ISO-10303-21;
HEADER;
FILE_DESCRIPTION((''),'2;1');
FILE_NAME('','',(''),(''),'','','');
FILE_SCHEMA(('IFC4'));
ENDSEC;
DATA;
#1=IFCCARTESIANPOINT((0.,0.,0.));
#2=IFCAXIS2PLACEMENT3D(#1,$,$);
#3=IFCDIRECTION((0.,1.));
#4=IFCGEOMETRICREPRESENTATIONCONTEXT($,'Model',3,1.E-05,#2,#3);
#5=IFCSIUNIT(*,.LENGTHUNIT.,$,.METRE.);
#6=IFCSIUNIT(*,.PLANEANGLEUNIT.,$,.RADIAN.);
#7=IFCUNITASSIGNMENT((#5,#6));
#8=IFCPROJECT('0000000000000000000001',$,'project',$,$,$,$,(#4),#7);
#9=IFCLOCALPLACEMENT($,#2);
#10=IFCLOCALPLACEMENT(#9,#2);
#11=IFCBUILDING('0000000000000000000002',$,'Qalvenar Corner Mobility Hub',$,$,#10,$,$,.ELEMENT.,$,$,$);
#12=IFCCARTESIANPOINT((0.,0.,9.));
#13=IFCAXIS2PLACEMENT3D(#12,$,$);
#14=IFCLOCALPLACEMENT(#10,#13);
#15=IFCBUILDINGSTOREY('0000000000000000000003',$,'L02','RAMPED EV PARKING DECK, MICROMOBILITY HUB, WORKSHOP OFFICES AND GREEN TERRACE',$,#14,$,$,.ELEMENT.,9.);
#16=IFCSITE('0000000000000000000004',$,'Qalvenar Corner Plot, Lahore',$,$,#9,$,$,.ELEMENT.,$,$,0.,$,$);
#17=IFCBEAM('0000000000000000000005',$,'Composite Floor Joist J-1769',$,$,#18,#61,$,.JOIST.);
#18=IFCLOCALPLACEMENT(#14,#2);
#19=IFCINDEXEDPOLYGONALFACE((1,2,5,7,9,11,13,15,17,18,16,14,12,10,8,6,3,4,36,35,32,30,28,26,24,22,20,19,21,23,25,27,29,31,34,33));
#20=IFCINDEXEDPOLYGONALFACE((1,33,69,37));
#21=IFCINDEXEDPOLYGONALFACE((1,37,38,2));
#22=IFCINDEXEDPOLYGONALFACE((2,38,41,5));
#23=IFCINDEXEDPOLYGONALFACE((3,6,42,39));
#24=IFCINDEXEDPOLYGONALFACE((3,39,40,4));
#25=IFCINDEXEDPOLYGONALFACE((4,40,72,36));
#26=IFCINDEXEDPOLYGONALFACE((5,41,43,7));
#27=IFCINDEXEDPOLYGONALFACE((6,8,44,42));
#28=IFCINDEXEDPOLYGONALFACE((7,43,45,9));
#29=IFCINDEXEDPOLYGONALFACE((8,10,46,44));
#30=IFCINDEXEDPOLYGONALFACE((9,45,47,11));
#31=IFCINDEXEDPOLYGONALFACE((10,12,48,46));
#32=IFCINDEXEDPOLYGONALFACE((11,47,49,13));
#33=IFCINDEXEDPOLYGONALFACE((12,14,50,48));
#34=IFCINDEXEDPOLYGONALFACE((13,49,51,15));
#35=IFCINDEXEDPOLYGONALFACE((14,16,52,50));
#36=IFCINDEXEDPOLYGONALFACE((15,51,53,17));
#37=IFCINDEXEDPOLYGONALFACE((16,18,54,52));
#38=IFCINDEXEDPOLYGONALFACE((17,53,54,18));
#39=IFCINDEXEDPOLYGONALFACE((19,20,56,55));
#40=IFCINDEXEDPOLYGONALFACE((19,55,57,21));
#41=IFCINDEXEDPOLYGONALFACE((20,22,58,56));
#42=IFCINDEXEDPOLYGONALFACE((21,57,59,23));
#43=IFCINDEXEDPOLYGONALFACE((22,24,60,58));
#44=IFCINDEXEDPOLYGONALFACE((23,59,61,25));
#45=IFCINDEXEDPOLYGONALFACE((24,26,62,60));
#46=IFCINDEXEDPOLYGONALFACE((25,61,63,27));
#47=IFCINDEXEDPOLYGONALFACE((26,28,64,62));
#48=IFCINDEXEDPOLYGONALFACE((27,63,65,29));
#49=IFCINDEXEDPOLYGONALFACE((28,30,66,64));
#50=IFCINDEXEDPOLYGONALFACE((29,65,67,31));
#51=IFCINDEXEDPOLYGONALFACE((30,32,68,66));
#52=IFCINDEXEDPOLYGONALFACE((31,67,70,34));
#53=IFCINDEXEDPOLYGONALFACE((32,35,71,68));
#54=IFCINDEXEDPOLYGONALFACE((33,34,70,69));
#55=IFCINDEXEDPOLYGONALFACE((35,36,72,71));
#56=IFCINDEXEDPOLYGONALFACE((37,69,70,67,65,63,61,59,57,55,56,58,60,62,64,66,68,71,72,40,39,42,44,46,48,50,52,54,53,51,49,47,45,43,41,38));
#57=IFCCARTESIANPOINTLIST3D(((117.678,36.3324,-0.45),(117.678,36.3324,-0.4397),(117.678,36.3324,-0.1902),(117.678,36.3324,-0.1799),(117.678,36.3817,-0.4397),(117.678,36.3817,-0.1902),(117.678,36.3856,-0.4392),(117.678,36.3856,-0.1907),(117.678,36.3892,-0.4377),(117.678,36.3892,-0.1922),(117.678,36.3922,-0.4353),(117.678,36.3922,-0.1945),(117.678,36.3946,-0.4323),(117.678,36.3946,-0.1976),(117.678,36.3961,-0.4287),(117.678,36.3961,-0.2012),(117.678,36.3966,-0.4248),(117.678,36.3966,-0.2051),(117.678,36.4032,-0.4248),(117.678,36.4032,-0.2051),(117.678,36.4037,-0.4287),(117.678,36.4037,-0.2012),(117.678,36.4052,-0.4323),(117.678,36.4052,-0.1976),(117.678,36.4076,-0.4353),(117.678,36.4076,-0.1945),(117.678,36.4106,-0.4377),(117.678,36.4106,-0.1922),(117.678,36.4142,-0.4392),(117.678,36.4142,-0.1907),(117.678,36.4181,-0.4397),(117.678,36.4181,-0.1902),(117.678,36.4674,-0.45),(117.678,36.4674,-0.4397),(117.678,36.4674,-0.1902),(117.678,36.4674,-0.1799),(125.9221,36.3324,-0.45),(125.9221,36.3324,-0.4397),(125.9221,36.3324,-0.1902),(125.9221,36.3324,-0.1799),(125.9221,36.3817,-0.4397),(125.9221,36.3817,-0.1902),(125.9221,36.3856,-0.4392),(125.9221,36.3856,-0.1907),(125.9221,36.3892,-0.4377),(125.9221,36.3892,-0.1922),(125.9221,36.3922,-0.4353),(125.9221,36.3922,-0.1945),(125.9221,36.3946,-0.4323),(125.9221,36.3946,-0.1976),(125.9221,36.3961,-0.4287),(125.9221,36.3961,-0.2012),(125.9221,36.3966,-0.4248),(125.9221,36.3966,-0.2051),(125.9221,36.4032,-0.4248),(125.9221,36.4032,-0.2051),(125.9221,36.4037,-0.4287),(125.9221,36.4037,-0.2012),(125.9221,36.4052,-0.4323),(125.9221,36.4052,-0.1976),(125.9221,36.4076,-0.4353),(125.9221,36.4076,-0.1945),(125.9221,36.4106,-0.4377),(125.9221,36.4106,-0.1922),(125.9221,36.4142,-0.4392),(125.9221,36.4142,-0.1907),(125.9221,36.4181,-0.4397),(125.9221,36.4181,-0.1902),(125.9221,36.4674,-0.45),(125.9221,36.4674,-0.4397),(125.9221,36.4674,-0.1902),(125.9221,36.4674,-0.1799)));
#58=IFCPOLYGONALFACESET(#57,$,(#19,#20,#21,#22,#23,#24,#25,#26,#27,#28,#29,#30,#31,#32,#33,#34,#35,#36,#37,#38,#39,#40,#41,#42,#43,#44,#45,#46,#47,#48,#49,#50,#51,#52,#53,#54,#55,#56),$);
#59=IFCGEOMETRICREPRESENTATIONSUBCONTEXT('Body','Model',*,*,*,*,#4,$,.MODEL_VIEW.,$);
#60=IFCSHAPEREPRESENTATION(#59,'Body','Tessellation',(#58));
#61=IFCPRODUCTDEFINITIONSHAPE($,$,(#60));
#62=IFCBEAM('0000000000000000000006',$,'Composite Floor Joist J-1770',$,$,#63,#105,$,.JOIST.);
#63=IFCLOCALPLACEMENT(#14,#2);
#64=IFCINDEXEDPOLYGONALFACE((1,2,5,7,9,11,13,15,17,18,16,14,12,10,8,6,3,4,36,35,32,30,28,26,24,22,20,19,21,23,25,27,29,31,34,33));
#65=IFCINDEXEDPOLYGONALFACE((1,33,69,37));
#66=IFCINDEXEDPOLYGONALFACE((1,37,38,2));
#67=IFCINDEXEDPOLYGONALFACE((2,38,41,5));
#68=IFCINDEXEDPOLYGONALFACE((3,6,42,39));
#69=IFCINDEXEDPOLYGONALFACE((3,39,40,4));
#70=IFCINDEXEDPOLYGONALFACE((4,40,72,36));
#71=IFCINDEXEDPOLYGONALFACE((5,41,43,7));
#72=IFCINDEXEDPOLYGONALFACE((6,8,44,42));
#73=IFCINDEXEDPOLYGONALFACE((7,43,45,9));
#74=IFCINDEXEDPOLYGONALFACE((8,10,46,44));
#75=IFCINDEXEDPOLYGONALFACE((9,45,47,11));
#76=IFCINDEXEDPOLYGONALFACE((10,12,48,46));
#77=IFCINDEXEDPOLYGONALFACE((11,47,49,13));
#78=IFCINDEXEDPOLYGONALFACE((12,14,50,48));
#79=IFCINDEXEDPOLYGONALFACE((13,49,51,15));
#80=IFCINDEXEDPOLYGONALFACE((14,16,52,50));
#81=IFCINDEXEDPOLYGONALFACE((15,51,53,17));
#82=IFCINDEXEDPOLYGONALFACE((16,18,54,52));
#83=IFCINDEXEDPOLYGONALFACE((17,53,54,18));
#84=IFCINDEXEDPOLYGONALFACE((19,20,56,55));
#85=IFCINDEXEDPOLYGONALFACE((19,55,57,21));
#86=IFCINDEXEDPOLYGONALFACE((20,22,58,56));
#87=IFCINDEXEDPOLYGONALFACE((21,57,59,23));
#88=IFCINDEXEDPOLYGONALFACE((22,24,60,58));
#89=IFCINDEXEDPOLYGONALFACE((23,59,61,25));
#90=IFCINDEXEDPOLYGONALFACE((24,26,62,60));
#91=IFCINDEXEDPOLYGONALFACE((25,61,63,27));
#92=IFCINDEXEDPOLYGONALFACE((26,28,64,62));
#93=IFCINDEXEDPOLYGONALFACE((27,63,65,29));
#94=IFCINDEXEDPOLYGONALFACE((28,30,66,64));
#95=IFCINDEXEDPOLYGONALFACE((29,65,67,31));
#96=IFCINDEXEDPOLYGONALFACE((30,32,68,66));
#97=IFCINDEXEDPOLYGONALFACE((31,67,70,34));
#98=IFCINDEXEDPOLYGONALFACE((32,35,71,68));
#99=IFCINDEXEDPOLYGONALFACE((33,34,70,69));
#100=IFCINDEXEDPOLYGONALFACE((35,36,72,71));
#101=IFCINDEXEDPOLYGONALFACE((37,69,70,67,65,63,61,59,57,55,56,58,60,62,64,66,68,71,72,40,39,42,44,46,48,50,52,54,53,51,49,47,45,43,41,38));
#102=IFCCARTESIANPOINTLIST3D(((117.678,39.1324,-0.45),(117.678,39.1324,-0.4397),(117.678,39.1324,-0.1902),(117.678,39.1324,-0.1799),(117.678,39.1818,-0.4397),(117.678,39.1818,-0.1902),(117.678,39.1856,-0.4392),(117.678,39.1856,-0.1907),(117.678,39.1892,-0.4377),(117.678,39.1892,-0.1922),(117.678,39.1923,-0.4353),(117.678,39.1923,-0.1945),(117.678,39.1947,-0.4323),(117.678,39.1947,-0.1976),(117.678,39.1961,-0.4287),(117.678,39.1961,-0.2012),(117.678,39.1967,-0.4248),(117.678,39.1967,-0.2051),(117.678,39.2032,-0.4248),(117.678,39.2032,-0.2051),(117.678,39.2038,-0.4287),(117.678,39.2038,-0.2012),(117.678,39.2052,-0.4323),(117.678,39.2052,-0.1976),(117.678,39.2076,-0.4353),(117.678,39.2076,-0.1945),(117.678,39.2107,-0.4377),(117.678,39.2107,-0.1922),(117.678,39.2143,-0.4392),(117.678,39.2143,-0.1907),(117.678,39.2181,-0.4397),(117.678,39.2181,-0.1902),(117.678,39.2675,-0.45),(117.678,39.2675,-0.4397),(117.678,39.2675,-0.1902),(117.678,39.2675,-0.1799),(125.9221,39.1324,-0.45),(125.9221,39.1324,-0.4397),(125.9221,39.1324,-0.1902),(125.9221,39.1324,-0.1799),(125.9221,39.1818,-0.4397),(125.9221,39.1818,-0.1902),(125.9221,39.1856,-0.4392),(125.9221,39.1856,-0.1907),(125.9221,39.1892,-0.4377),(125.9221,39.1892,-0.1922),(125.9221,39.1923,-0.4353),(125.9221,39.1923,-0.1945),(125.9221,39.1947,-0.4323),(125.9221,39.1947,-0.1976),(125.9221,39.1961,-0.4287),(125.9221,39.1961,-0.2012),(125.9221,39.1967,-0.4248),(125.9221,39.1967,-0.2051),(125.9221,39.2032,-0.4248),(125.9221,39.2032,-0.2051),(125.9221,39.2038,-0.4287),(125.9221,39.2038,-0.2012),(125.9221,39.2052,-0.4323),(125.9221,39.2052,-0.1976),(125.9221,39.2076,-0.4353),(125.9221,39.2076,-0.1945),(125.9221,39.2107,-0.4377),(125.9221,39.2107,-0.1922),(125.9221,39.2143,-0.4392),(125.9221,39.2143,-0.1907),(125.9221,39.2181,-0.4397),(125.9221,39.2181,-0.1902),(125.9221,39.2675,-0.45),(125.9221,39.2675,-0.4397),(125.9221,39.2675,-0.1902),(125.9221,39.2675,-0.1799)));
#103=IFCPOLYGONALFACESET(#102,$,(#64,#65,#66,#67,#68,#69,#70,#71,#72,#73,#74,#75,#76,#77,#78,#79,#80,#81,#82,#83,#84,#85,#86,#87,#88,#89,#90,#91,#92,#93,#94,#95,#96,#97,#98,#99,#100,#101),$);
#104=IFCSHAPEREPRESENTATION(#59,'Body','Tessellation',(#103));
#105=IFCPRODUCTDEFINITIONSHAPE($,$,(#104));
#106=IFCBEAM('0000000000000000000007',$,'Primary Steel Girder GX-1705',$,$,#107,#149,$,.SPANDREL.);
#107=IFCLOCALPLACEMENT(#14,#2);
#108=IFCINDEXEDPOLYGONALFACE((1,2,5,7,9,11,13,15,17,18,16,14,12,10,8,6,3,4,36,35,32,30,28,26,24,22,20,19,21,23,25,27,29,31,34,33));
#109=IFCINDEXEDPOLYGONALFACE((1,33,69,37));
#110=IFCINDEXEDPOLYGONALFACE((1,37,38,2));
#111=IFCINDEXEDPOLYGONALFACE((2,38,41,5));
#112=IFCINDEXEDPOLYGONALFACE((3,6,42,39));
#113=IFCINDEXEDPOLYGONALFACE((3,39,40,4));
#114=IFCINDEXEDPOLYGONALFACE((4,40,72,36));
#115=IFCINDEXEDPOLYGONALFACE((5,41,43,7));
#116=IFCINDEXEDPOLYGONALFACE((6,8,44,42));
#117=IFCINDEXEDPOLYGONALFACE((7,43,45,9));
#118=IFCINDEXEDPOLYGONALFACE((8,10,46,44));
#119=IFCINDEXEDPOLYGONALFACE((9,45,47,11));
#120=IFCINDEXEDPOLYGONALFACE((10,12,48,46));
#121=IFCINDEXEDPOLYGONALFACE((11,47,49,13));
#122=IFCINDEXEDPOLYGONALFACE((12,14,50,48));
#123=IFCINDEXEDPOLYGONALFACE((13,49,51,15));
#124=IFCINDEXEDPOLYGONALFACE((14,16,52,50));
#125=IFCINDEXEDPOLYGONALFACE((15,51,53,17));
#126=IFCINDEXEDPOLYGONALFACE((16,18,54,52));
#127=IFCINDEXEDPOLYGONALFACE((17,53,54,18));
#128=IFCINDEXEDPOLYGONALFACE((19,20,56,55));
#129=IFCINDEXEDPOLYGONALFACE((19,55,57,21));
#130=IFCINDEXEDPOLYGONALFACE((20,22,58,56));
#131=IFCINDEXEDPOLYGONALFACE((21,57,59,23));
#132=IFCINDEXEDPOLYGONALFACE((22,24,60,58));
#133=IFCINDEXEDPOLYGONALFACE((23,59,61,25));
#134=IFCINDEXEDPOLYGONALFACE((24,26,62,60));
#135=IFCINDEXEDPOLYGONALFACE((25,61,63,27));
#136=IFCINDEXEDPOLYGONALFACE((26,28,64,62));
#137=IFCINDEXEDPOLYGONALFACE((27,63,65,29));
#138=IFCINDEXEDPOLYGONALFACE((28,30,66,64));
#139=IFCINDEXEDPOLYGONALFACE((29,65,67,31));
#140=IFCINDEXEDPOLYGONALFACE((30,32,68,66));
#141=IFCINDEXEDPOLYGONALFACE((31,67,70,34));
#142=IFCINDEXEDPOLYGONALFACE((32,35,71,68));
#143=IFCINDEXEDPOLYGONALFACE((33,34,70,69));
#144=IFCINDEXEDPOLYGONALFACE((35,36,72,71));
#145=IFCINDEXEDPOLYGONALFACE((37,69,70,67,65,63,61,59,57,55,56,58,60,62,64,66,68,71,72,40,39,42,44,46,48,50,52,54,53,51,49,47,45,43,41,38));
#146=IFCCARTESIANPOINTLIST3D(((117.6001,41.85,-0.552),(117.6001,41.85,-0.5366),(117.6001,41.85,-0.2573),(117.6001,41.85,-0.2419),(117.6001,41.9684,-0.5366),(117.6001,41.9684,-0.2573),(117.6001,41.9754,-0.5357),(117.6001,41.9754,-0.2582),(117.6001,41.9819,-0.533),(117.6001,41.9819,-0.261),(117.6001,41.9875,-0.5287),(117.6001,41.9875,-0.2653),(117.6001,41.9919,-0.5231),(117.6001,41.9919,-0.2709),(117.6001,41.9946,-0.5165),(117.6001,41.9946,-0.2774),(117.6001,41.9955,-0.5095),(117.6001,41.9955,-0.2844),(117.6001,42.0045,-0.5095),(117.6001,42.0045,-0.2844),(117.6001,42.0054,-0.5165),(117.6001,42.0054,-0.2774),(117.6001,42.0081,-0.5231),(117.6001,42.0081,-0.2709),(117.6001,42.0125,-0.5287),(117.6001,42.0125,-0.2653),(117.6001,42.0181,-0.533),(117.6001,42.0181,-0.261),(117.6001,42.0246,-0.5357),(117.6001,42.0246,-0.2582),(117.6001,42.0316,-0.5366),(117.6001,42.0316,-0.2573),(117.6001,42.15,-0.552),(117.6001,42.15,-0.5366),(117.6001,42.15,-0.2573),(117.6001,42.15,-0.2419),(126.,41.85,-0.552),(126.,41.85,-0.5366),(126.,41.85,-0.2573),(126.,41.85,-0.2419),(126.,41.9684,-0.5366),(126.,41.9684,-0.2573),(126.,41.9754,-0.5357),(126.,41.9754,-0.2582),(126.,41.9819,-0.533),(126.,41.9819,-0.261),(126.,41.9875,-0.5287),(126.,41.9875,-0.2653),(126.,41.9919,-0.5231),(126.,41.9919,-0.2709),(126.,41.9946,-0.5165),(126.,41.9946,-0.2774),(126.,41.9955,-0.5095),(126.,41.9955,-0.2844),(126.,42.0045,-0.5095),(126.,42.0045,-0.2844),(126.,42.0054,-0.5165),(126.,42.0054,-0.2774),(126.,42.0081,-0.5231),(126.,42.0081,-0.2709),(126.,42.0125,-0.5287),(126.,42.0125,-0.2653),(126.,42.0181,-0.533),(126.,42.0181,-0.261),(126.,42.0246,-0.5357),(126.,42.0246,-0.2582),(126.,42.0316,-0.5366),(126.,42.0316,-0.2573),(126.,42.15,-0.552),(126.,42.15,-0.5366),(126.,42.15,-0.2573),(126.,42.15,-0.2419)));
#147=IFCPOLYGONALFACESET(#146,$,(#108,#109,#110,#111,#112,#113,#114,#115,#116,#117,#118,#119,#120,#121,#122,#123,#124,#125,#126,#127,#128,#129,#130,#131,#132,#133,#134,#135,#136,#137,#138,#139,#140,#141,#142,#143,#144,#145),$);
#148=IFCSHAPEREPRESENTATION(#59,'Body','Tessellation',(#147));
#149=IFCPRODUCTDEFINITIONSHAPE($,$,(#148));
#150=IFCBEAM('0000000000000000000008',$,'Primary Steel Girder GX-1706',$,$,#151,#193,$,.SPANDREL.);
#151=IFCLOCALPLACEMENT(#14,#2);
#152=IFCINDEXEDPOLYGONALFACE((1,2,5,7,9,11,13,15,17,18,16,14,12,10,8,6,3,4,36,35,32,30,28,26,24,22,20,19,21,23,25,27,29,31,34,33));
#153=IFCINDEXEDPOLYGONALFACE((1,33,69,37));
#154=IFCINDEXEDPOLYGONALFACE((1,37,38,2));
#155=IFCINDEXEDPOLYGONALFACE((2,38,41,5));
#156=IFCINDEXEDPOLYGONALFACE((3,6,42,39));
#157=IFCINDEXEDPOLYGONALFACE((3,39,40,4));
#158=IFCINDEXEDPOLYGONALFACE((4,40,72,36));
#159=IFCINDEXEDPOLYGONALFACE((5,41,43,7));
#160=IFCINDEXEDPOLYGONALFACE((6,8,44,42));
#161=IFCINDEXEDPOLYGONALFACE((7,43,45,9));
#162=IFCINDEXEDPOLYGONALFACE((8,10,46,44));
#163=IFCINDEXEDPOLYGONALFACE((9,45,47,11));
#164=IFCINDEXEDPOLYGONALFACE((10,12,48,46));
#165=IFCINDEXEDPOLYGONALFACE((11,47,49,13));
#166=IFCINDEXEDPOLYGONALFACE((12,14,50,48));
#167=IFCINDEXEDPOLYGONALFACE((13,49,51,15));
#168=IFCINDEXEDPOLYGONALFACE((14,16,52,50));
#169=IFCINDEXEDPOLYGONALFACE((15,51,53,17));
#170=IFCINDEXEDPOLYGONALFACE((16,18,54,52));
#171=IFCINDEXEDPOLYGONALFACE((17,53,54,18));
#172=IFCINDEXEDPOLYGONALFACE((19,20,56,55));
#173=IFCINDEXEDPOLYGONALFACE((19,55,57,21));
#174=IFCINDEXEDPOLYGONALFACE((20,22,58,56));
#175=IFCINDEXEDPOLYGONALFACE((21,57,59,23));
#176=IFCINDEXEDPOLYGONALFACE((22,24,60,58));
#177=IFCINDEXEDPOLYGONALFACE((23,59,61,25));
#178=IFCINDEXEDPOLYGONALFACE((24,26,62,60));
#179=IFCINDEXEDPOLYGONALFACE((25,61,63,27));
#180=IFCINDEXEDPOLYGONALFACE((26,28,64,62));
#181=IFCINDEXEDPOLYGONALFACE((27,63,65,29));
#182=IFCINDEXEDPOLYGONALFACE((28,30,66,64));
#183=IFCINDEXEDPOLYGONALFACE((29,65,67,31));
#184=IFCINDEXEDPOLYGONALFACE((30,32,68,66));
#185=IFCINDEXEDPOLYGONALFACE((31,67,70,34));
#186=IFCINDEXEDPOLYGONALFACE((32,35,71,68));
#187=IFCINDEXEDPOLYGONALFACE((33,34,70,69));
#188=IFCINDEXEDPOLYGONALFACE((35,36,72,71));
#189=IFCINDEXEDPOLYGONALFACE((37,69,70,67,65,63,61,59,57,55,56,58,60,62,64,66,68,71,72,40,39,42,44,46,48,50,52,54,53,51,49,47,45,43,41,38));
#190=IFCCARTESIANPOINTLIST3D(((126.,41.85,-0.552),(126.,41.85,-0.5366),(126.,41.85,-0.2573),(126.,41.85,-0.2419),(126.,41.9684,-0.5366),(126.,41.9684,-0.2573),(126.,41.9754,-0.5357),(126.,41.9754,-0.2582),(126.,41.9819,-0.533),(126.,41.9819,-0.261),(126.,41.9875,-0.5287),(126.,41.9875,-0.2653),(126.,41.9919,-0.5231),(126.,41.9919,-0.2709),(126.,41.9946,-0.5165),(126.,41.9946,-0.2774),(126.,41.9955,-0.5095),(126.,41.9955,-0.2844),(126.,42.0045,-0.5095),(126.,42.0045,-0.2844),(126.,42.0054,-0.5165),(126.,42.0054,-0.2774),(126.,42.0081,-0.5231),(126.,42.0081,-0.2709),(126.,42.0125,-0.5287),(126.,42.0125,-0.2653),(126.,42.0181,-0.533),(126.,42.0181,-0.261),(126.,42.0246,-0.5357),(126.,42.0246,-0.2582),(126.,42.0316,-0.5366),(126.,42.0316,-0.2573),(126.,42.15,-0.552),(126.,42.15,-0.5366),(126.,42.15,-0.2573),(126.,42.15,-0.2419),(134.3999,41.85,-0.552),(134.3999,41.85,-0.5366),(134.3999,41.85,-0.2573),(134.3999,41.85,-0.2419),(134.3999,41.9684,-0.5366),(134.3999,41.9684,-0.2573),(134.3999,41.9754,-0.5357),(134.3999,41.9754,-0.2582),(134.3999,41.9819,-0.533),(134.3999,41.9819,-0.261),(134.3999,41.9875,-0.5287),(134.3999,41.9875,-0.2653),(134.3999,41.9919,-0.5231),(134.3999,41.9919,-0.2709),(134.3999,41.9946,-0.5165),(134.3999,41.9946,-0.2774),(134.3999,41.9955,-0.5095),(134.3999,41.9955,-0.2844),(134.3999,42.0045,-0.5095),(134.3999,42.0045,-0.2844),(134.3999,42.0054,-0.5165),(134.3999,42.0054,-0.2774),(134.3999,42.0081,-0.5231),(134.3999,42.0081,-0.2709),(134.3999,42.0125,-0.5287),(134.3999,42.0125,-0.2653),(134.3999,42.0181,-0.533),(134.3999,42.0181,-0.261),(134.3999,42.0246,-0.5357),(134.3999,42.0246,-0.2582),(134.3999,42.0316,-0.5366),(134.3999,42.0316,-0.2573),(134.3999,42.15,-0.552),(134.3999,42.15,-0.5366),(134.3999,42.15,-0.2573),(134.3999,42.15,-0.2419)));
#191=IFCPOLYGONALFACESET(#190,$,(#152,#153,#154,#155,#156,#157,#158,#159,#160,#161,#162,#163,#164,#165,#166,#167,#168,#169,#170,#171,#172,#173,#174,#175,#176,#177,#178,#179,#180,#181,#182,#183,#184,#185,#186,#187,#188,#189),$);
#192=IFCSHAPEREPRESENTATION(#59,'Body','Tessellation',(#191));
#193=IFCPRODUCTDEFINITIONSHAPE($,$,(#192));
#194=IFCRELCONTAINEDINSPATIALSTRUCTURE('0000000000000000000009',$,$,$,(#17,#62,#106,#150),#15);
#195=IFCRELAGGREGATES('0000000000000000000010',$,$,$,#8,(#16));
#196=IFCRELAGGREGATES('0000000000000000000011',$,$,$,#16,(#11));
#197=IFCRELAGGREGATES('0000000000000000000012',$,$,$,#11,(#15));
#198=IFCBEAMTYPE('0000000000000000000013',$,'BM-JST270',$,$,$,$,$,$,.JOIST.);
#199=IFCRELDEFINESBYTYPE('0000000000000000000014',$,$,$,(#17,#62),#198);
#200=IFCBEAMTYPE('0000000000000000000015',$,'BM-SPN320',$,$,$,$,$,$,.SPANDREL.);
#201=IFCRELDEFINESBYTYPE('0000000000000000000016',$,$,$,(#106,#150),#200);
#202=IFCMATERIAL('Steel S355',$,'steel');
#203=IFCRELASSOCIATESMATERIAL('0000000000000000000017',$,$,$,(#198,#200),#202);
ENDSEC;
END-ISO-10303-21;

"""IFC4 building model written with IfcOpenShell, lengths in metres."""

from ifc_helpers import new_model, si_unit, direction, frame, origin, origin_2d, place, context, subcontext, project, spatial, i_section, extrude, material, material_profile, profile_set, type_object, element, save


model = new_model("IFC4")

# Units and contexts
model_context = context("Model", 3, precision=1e-05, world=origin(), true_north=direction((0.0, 1.0)))
body_context = subcontext(model_context, "Body", "Model", "MODEL_VIEW")
ifc_project = project(units=[si_unit("LENGTHUNIT", "METRE"), si_unit("PLANEANGLEUNIT", "RADIAN")], contexts=[model_context])

# Site, building, storey
site_placement = place(None, origin())
site = spatial("IfcSite", under=ifc_project, at=site_placement, Name="Qalvenar Corner Plot, Lahore", CompositionType="ELEMENT", RefElevation=0.0)
building_placement = place(site_placement, origin())
building = spatial("IfcBuilding", under=site, at=building_placement, Name="Qalvenar Corner Mobility Hub", CompositionType="ELEMENT")
storey_placement = place(building_placement, frame((0.0, 0.0, 9.0)))
storey = spatial("IfcBuildingStorey", under=building, at=storey_placement, Name="L02", Description="RAMPED EV PARKING DECK, MICROMOBILITY HUB, WORKSHOP OFFICES AND GREEN TERRACE", CompositionType="ELEMENT", Elevation=9.0)

# Shared definitions
ifc_material_1 = material(Name="Steel S355", Category="steel")

# Beams
ifc_material_profile_1 = material_profile(ifc_material_1, i_section(OverallWidth=0.135, OverallDepth=0.27, WebThickness=0.0066, FlangeThickness=0.0103, FilletRadius=0.0149, at=origin_2d()), Name="IPE270")
ifc_profile_set_1 = profile_set([ifc_material_profile_1], Name="Steel S355")
beam_type_1 = type_object("IfcBeamType", Name="BM-JST270", PredefinedType="JOIST", material=ifc_profile_set_1)
for number, where, z_axis, x_axis, name in (
    (1, (117.678, 36.3999, -0.3149), (1.0, 0.0, 0.0), (0.0, 1.0, 0.0), "Composite Floor Joist J-1769"),
    (2, (117.678, 39.2, -0.3149), (1.0, 0.0, 0.0), (0.0, 1.0, 0.0), "Composite Floor Joist J-1770"),
):
    element("IfcBeam", number, at=place(storey_placement, frame(where, z_axis=z_axis, x_axis=x_axis)), inside=storey, type_object=beam_type_1, Name=name, PredefinedType="JOIST", context=body_context, shape_type="SweptSolid", body=[
        extrude(i_section(OverallWidth=0.135, OverallDepth=0.27, WebThickness=0.0066, FlangeThickness=0.0103, FilletRadius=0.0149, at=origin_2d()), origin(), (0.0, 0.0, 1.0), 8.2441),
    ])
ifc_material_profile_2 = material_profile(ifc_material_1, i_section(OverallWidth=0.3, OverallDepth=0.3101, WebThickness=0.009, FlangeThickness=0.0154, FilletRadius=0.0271, at=origin_2d()), Name="HEA320")
ifc_profile_set_2 = profile_set([ifc_material_profile_2], Name="Steel S355")
beam_type_2 = type_object("IfcBeamType", Name="BM-SPN320", PredefinedType="SPANDREL", material=ifc_profile_set_2)
for number, where, z_axis, x_axis, name in (
    (3, (117.6001, 42.0, -0.397), (1.0, 0.0, 0.0), (0.0, 1.0, 0.0), "Primary Steel Girder GX-1705"),
    (4, (126.0, 42.0, -0.397), (1.0, 0.0, 0.0), (0.0, 1.0, 0.0), "Primary Steel Girder GX-1706"),
):
    element("IfcBeam", number, at=place(storey_placement, frame(where, z_axis=z_axis, x_axis=x_axis)), inside=storey, type_object=beam_type_2, Name=name, PredefinedType="SPANDREL", context=body_context, shape_type="SweptSolid", body=[
        extrude(i_section(OverallWidth=0.3, OverallDepth=0.3101, WebThickness=0.009, FlangeThickness=0.0154, FilletRadius=0.0271, at=origin_2d()), origin(), (0.0, 0.0, 1.0), 8.3999),
    ])

save(model, "model.ifc")
